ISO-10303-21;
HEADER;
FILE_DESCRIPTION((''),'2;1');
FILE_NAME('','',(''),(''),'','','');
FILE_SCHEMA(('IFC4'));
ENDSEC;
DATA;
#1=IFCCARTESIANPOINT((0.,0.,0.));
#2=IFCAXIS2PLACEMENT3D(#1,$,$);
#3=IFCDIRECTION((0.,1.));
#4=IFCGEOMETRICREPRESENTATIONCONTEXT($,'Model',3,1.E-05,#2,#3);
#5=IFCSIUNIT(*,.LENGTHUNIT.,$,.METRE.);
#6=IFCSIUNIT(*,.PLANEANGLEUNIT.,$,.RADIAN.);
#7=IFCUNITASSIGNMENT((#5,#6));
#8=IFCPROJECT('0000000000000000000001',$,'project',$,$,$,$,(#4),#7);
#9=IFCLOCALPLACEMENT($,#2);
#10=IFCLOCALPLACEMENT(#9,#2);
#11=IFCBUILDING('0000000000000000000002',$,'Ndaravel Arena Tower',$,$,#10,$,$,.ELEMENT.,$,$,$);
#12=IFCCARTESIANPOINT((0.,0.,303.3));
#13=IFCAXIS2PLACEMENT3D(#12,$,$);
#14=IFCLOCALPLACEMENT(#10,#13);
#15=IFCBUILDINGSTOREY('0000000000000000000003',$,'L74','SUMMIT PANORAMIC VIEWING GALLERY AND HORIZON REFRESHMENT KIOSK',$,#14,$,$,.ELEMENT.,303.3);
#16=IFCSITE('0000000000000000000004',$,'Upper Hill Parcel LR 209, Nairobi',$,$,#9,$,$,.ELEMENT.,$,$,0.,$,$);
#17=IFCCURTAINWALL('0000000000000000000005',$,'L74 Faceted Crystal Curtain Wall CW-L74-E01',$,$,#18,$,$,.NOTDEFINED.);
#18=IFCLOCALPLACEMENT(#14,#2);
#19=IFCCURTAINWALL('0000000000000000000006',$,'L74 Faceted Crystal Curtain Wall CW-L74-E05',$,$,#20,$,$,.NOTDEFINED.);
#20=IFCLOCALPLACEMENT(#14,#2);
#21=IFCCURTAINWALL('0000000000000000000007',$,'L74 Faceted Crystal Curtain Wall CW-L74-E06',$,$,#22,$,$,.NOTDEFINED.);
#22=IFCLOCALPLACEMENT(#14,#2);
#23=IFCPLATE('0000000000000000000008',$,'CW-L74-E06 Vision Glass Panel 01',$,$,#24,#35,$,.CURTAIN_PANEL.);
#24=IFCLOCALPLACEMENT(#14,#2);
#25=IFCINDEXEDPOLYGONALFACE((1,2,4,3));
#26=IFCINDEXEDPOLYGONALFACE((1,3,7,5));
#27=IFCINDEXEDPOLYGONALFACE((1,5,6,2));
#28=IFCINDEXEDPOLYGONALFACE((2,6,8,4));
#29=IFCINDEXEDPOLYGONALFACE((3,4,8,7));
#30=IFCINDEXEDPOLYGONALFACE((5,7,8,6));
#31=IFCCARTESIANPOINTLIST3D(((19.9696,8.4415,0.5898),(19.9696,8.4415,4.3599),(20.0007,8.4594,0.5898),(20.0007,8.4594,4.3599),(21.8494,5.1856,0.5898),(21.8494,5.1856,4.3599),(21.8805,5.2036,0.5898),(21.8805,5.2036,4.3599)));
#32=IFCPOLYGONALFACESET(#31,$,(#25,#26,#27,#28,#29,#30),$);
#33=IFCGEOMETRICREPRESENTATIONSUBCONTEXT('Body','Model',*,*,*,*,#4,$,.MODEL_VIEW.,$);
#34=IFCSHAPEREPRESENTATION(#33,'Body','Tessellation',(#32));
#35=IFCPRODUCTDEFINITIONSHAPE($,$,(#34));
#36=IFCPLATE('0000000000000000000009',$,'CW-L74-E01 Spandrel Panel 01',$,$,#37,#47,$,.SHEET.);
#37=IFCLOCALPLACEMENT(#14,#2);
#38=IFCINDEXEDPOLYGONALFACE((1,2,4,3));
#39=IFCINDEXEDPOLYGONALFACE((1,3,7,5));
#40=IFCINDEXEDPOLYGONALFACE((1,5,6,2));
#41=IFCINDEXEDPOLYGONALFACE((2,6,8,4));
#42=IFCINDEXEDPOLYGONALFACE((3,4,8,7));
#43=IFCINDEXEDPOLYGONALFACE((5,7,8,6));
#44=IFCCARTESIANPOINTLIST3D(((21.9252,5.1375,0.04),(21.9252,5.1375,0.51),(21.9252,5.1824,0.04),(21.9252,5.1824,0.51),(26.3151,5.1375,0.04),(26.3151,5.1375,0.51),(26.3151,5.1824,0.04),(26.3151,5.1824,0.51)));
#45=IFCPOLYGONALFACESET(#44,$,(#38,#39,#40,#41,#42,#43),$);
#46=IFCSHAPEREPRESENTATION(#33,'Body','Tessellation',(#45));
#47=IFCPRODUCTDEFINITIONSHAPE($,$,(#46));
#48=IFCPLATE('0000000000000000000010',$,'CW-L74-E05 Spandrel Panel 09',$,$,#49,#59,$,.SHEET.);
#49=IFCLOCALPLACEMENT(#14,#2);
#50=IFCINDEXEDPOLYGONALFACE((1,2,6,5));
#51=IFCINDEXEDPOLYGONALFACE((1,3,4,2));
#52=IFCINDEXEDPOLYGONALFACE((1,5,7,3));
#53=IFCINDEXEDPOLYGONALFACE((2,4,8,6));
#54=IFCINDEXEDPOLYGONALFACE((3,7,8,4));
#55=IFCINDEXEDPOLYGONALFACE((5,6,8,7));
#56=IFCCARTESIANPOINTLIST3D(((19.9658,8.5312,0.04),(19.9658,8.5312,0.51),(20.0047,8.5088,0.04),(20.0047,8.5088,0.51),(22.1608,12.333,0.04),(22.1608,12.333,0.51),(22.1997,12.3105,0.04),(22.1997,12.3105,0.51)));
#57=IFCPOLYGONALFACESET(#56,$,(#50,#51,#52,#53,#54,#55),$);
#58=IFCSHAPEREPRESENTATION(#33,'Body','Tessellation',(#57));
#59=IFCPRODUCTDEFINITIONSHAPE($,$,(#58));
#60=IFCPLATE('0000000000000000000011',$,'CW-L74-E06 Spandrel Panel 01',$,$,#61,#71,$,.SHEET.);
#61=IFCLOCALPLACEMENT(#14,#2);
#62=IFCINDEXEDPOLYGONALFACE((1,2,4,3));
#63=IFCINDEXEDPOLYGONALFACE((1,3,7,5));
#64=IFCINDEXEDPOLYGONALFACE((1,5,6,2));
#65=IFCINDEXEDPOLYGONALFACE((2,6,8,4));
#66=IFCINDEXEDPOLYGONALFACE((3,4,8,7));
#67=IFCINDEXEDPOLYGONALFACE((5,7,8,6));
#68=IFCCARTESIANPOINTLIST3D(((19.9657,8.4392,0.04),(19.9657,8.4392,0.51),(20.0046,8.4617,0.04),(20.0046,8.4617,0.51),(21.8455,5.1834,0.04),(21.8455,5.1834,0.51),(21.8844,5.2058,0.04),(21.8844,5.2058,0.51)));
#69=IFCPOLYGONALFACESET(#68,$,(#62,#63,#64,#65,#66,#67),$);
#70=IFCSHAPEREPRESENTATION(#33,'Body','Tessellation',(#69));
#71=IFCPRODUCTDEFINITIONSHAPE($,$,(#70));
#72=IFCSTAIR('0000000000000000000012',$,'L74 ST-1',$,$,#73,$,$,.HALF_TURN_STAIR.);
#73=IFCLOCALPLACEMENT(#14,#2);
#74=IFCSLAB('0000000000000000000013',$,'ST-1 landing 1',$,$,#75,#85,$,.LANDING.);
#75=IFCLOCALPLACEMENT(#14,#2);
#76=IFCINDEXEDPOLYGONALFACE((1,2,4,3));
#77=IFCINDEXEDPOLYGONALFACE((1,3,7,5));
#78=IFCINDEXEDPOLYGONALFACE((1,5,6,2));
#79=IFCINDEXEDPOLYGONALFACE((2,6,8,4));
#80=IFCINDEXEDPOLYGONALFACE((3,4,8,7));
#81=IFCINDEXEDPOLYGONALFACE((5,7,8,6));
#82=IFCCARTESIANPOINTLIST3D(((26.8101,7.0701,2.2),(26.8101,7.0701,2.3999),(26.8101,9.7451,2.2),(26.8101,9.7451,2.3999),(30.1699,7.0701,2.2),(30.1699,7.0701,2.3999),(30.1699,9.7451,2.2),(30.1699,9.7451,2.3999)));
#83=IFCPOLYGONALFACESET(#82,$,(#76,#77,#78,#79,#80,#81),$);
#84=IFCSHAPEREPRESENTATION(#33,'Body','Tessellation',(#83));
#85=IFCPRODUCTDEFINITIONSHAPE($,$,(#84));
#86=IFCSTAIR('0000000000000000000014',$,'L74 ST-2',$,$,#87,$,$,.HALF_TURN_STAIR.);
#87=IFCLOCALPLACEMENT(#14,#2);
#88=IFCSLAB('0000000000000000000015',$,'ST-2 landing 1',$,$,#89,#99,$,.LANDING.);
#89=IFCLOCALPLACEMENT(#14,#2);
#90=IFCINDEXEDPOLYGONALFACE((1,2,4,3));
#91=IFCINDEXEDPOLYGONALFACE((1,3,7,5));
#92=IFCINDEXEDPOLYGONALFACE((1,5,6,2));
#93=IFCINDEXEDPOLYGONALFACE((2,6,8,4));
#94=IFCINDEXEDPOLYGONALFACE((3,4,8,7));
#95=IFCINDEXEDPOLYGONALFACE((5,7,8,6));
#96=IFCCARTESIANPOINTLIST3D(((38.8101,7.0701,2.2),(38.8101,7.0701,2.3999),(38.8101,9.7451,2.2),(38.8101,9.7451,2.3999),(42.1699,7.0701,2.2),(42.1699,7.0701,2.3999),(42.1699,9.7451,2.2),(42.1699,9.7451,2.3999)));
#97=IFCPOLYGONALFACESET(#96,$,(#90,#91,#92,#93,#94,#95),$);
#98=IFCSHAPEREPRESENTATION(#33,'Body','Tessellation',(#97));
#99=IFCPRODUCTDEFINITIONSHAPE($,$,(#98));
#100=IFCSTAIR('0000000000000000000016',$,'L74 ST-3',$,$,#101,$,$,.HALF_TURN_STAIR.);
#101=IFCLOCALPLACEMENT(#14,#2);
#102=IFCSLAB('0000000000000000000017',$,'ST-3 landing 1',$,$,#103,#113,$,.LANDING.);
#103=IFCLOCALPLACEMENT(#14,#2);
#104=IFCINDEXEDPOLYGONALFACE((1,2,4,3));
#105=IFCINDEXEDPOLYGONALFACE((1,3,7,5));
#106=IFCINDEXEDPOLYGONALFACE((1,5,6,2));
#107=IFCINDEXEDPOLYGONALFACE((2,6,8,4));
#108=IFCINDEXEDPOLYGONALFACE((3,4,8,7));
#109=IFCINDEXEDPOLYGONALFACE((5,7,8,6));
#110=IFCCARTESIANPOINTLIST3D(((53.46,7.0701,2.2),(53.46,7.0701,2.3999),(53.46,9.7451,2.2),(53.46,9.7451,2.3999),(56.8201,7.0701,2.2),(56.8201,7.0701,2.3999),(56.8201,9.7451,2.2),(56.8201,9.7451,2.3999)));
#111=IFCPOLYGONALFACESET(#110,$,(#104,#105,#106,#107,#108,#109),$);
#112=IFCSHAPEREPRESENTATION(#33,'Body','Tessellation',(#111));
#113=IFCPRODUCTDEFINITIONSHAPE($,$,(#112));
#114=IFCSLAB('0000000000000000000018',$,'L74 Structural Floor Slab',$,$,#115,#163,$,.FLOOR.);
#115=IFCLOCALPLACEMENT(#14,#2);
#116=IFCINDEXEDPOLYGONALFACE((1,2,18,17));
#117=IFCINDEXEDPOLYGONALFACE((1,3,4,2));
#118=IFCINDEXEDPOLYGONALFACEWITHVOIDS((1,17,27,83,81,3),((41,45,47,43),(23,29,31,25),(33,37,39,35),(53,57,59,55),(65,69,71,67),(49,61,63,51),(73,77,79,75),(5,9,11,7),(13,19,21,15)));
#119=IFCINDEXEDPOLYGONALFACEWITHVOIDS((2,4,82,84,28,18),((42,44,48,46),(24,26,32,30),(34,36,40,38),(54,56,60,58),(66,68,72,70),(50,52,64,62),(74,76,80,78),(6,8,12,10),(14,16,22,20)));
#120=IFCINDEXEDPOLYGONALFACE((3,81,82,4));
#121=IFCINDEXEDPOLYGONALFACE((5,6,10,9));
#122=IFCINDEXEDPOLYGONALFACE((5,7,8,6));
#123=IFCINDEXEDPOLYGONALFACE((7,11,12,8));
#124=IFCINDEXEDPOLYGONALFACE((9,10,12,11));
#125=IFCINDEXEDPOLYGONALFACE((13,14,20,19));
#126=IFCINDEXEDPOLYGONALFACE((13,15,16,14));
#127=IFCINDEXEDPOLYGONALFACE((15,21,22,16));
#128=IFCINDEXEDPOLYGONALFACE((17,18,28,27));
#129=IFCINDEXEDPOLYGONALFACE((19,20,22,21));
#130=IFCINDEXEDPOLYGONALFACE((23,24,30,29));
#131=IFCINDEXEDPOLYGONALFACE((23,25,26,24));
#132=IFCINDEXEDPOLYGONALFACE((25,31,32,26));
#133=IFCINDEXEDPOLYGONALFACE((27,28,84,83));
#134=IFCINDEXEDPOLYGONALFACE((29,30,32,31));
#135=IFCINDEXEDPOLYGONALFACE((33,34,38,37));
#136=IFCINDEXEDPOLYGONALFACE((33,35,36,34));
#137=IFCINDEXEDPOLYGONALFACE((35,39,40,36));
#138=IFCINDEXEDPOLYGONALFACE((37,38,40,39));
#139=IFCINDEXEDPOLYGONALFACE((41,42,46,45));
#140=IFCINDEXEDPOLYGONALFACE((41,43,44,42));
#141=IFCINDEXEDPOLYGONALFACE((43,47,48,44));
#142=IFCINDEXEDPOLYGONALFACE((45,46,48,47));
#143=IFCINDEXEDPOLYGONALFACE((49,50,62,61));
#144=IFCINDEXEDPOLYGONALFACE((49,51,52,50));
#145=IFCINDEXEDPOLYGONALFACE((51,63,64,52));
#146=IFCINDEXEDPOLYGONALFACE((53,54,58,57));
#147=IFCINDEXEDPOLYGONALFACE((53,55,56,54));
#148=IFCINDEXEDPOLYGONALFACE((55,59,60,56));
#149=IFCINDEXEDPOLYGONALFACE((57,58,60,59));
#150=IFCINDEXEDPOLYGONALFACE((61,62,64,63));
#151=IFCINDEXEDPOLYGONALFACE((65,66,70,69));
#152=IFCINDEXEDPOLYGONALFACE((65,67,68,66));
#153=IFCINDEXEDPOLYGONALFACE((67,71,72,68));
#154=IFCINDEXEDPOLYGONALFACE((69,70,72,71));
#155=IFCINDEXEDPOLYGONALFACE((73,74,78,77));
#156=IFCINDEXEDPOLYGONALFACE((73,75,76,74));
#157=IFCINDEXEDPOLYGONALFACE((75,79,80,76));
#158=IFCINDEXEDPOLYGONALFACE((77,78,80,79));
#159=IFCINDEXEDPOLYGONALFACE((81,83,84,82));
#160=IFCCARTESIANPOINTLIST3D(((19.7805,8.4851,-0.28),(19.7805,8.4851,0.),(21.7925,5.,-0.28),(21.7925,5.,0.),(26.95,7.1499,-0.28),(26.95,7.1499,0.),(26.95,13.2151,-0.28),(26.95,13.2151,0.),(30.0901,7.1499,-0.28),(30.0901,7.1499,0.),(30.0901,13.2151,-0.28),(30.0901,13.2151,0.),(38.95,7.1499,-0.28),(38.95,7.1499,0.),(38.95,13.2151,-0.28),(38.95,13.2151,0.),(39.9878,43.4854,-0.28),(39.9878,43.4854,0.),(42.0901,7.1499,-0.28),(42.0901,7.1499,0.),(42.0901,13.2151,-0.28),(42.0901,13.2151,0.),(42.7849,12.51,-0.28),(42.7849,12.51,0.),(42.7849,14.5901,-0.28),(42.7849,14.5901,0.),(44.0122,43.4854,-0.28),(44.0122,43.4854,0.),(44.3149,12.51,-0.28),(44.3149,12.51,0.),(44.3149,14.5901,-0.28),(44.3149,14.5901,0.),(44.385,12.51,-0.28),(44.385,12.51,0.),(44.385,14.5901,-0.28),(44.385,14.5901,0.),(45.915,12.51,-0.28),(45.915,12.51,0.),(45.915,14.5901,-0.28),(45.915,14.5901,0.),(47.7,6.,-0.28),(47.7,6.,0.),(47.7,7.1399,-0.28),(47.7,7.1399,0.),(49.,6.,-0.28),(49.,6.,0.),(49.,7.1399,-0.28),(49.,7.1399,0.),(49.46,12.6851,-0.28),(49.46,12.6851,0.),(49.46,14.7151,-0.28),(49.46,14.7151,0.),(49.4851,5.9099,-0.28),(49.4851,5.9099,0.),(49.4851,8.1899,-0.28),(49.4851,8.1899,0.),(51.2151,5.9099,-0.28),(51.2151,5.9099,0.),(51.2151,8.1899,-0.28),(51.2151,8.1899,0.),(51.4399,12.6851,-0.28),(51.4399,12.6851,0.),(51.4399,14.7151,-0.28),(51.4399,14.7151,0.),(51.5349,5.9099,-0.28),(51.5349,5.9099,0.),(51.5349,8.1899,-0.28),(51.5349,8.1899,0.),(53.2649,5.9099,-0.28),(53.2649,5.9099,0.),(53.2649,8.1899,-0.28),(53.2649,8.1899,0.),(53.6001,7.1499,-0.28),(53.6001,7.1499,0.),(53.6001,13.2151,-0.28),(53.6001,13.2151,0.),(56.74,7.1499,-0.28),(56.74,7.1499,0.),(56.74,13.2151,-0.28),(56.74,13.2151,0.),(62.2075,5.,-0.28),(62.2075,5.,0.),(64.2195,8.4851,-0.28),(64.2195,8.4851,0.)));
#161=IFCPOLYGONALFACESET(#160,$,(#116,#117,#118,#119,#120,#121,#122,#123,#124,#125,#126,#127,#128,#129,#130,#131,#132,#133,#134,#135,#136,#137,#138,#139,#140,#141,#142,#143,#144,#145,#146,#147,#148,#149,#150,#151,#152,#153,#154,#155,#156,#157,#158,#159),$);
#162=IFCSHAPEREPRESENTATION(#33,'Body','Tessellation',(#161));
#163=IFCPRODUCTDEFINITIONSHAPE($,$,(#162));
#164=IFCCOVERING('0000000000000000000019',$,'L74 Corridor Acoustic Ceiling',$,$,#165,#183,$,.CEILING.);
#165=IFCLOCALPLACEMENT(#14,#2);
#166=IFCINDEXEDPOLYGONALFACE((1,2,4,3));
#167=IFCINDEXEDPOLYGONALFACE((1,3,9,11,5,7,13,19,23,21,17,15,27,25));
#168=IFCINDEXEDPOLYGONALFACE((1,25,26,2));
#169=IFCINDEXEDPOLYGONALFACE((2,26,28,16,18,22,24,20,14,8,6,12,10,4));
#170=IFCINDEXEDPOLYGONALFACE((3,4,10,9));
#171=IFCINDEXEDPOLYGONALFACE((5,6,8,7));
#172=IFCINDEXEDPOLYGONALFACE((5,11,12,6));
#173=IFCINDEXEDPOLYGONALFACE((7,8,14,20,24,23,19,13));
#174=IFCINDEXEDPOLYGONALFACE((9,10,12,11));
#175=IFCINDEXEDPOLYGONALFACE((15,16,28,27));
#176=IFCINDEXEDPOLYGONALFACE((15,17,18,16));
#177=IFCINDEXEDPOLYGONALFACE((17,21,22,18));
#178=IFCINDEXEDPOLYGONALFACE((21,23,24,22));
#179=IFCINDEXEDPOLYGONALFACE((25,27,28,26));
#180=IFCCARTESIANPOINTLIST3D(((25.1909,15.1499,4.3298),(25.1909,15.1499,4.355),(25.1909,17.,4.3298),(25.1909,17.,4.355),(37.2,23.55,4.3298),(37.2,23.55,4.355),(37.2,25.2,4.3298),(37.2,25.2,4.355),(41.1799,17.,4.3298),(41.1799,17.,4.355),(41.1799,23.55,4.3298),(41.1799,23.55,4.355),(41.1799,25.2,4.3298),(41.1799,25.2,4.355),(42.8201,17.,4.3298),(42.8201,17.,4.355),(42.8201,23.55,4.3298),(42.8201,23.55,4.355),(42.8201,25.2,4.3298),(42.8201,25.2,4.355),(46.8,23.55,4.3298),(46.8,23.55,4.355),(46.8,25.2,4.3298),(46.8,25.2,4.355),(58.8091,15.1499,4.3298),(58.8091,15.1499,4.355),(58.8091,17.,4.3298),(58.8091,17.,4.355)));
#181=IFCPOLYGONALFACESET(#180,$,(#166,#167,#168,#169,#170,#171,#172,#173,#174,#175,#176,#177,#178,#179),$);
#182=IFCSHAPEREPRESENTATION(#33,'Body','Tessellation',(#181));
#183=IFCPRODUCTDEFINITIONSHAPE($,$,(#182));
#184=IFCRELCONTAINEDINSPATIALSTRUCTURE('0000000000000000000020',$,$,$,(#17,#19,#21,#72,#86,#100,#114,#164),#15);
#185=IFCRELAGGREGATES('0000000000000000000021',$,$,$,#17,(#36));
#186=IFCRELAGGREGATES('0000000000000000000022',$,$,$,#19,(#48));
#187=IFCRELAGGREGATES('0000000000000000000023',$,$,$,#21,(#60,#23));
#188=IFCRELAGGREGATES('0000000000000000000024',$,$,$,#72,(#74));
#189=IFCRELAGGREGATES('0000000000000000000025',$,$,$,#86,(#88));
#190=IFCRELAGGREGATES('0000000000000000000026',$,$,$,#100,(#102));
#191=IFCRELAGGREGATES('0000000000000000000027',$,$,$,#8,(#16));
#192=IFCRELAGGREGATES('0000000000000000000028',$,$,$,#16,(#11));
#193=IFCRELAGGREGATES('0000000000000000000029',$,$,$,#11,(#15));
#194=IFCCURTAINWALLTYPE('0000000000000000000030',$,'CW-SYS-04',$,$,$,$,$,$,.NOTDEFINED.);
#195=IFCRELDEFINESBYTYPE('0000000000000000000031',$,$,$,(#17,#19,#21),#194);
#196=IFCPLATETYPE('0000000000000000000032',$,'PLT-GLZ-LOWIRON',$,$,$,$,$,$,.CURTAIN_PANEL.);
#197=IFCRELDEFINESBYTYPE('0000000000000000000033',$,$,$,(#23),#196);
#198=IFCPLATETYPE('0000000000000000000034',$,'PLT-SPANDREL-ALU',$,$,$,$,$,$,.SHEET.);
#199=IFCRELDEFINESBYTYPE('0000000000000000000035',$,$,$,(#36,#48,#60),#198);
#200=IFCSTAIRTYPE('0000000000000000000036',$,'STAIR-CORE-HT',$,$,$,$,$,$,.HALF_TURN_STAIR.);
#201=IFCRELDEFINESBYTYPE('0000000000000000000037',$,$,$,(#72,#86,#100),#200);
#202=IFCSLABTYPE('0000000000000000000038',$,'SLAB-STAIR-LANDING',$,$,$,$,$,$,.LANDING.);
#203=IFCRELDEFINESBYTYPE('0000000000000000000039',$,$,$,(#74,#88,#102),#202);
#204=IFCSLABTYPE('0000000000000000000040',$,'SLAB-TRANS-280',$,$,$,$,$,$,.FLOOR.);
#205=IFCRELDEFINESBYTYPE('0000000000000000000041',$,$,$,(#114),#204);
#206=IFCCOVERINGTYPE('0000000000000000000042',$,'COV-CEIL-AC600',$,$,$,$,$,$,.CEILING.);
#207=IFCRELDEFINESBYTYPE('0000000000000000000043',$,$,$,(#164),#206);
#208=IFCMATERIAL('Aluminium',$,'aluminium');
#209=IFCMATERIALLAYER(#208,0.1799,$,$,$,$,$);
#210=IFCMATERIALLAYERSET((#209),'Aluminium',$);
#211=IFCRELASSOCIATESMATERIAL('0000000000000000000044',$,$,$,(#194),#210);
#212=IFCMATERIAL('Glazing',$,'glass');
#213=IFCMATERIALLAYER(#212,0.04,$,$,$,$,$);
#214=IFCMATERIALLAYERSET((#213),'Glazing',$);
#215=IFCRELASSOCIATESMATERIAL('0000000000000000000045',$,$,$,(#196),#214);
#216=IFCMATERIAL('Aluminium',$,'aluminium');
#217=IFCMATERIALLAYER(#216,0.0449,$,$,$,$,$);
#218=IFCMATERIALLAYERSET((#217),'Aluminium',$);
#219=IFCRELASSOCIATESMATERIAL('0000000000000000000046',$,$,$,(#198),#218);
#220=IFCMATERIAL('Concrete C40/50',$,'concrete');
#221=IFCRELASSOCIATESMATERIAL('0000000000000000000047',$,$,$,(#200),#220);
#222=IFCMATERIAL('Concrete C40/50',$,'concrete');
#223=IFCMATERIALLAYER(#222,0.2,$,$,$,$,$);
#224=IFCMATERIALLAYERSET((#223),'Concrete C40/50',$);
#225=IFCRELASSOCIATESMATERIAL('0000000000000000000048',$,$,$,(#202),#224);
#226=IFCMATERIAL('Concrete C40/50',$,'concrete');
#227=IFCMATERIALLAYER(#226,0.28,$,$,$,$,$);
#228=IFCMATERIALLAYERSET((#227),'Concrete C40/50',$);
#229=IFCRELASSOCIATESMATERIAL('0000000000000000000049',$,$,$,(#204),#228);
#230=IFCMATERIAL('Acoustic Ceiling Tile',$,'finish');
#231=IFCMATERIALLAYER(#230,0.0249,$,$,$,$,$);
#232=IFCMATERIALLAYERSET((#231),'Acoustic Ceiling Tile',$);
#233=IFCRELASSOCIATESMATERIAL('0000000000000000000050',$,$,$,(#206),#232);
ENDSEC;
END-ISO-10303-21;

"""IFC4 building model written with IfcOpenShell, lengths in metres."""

from ifc_helpers import new_model, si_unit, direction, frame, origin, origin_2d, place, context, subcontext, project, spatial, polyline, rectangle, outline, extrude, material, layer, layer_set, type_object, element, aggregate, save


model = new_model("IFC4")

# Units and contexts
model_context = context("Model", 3, precision=1e-05, world=origin(), true_north=direction((0.0, 1.0)))
body_context = subcontext(model_context, "Body", "Model", "MODEL_VIEW")
ifc_project = project(units=[si_unit("LENGTHUNIT", "METRE"), si_unit("PLANEANGLEUNIT", "RADIAN")], contexts=[model_context])

# Site, building, storey
site_placement = place(None, origin())
site = spatial("IfcSite", under=ifc_project, at=site_placement, Name="Upper Hill Parcel LR 209, Nairobi", CompositionType="ELEMENT", RefElevation=0.0)
building_placement = place(site_placement, origin())
building = spatial("IfcBuilding", under=site, at=building_placement, Name="Ndaravel Arena Tower", CompositionType="ELEMENT")
storey_placement = place(building_placement, frame((0.0, 0.0, 303.3)))
storey = spatial("IfcBuildingStorey", under=building, at=storey_placement, Name="L74", Description="SUMMIT PANORAMIC VIEWING GALLERY AND HORIZON REFRESHMENT KIOSK", CompositionType="ELEMENT", Elevation=303.3)

# Curtain wall
ifc_material_1 = material(Name="Aluminium", Category="aluminium")
ifc_layer_1 = layer(ifc_material_1, 0.1799)
ifc_layer_set_1 = layer_set([ifc_layer_1], Name="Aluminium")
curtain_wall_type = type_object("IfcCurtainWallType", Name="CW-SYS-04", PredefinedType="NOTDEFINED", material=ifc_layer_set_1)
curtain_wall_1_placement = place(storey_placement, origin())
curtain_wall_1 = element("IfcCurtainWall", 1, at=curtain_wall_1_placement, inside=storey, type_object=curtain_wall_type, Name="L74 Faceted Crystal Curtain Wall CW-L74-E01", PredefinedType="NOTDEFINED")

# Curtain walls
curtain_wall_2_placement = place(storey_placement, origin())
curtain_wall_2 = element("IfcCurtainWall", 2, at=curtain_wall_2_placement, inside=storey, type_object=curtain_wall_type, Name="L74 Faceted Crystal Curtain Wall CW-L74-E05", PredefinedType="NOTDEFINED")
curtain_wall_3_placement = place(storey_placement, origin())
curtain_wall_3 = element("IfcCurtainWall", 3, at=curtain_wall_3_placement, inside=storey, type_object=curtain_wall_type, Name="L74 Faceted Crystal Curtain Wall CW-L74-E06", PredefinedType="NOTDEFINED")

# Plates
ifc_material_2 = material(Name="Glazing", Category="glass")
ifc_layer_2 = layer(ifc_material_2, 0.04)
ifc_layer_set_2 = layer_set([ifc_layer_2], Name="Glazing")
plate_type_1 = type_object("IfcPlateType", Name="PLT-GLZ-LOWIRON", PredefinedType="CURTAIN_PANEL", material=ifc_layer_set_2)
plate_1_placement = place(storey_placement, frame((20.925, 6.8225, 0.5898), z_axis=(0.0, 0.0, 1.0), x_axis=(0.5, -0.866025, 0.0)))
plate_1 = element("IfcPlate", 4, at=plate_1_placement, type_object=plate_type_1, Name="CW-L74-E06 Vision Glass Panel 01", PredefinedType="CURTAIN_PANEL", context=body_context, shape_type="SweptSolid", body=[
    extrude(rectangle(XDim=3.7595, YDim=0.0359, at=origin_2d()), origin(), (0.0, 0.0, 1.0), 3.77),
])
ifc_material_3 = material(Name="Aluminium", Category="aluminium")
ifc_layer_3 = layer(ifc_material_3, 0.0449)
ifc_layer_set_3 = layer_set([ifc_layer_3], Name="Aluminium")
plate_type_2 = type_object("IfcPlateType", Name="PLT-SPANDREL-ALU", PredefinedType="SHEET", material=ifc_layer_set_3)
plate_2_placement = place(storey_placement, frame((24.1201, 5.1599, 0.04), z_axis=(0.0, 0.0, 1.0), x_axis=(1.0, 0.0, 0.0)))
plate_2 = element("IfcPlate", 5, at=plate_2_placement, type_object=plate_type_2, Name="CW-L74-E01 Spandrel Panel 01", PredefinedType="SHEET", context=body_context, shape_type="SweptSolid", body=[
    extrude(rectangle(XDim=4.3899, YDim=0.0449, at=origin_2d()), origin(), (0.0, 0.0, 1.0), 0.47),
])
aggregate(curtain_wall_1, [plate_2])
plate_3_placement = place(storey_placement, frame((21.0828, 10.4209, 0.04), z_axis=(0.0, 0.0, 1.0), x_axis=(-0.5, -0.866025, 0.0)))
plate_3 = element("IfcPlate", 6, at=plate_3_placement, type_object=plate_type_2, Name="CW-L74-E05 Spandrel Panel 09", PredefinedType="SHEET", context=body_context, shape_type="SweptSolid", body=[
    extrude(rectangle(XDim=4.3899, YDim=0.0449, at=origin_2d()), origin(), (0.0, 0.0, 1.0), 0.47),
])
aggregate(curtain_wall_2, [plate_3])
plate_4_placement = place(storey_placement, frame((20.925, 6.8225, 0.04), z_axis=(0.0, 0.0, 1.0), x_axis=(0.5, -0.866025, 0.0)))
plate_4 = element("IfcPlate", 7, at=plate_4_placement, type_object=plate_type_2, Name="CW-L74-E06 Spandrel Panel 01", PredefinedType="SHEET", context=body_context, shape_type="SweptSolid", body=[
    extrude(rectangle(XDim=3.7595, YDim=0.0449, at=origin_2d()), origin(), (0.0, 0.0, 1.0), 0.47),
])
aggregate(curtain_wall_3, [plate_4, plate_1])

# Stairs, slabs
ifc_material_4 = material(Name="Concrete C40/50", Category="concrete")
stair_type = type_object("IfcStairType", Name="STAIR-CORE-HT", PredefinedType="HALF_TURN_STAIR", material=ifc_material_4)
stair_1_placement = place(storey_placement, origin())
stair_1 = element("IfcStair", 8, at=stair_1_placement, inside=storey, type_object=stair_type, Name="L74 ST-1", PredefinedType="HALF_TURN_STAIR")
ifc_material_5 = material(Name="Concrete C40/50", Category="concrete")
ifc_layer_4 = layer(ifc_material_5, 0.2)
ifc_layer_set_4 = layer_set([ifc_layer_4], Name="Concrete C40/50")
slab_type_1 = type_object("IfcSlabType", Name="SLAB-STAIR-LANDING", PredefinedType="LANDING", material=ifc_layer_set_4)
slab_1_placement = place(storey_placement, frame((0.0, 0.0, 2.2)))
slab_1 = element("IfcSlab", 9, at=slab_1_placement, type_object=slab_type_1, Name="ST-1 landing 1", PredefinedType="LANDING", context=body_context, shape_type="SweptSolid", body=[
    extrude(outline(polyline([(26.8101, 9.7451), (26.8101, 7.0701), (30.1699, 7.0701), (30.1699, 9.7451), (26.8101, 9.7451)])), origin(), (0.0, 0.0, 1.0), 0.2),
])
aggregate(stair_1, [slab_1])
stair_2_placement = place(storey_placement, origin())
stair_2 = element("IfcStair", 10, at=stair_2_placement, inside=storey, type_object=stair_type, Name="L74 ST-2", PredefinedType="HALF_TURN_STAIR")
slab_2_placement = place(storey_placement, frame((0.0, 0.0, 2.2)))
slab_2 = element("IfcSlab", 11, at=slab_2_placement, type_object=slab_type_1, Name="ST-2 landing 1", PredefinedType="LANDING", context=body_context, shape_type="SweptSolid", body=[
    extrude(outline(polyline([(38.8101, 9.7451), (38.8101, 7.0701), (42.1699, 7.0701), (42.1699, 9.7451), (38.8101, 9.7451)])), origin(), (0.0, 0.0, 1.0), 0.2),
])
aggregate(stair_2, [slab_2])
stair_3_placement = place(storey_placement, origin())
stair_3 = element("IfcStair", 12, at=stair_3_placement, inside=storey, type_object=stair_type, Name="L74 ST-3", PredefinedType="HALF_TURN_STAIR")
slab_3_placement = place(storey_placement, frame((0.0, 0.0, 2.2)))
slab_3 = element("IfcSlab", 13, at=slab_3_placement, type_object=slab_type_1, Name="ST-3 landing 1", PredefinedType="LANDING", context=body_context, shape_type="SweptSolid", body=[
    extrude(outline(polyline([(53.46, 9.7451), (53.46, 7.0701), (56.8201, 7.0701), (56.8201, 9.7451), (53.46, 9.7451)])), origin(), (0.0, 0.0, 1.0), 0.2),
])
aggregate(stair_3, [slab_3])

# Slab
ifc_material_6 = material(Name="Concrete C40/50", Category="concrete")
ifc_layer_5 = layer(ifc_material_6, 0.28)
ifc_layer_set_5 = layer_set([ifc_layer_5], Name="Concrete C40/50")
slab_type_2 = type_object("IfcSlabType", Name="SLAB-TRANS-280", PredefinedType="FLOOR", material=ifc_layer_set_5)
slab_4_placement = place(storey_placement, frame((0.0, 0.0, -0.28)))
element("IfcSlab", 14, at=slab_4_placement, inside=storey, type_object=slab_type_2, Name="L74 Structural Floor Slab", PredefinedType="FLOOR", context=body_context, shape_type="SweptSolid", body=[
    extrude(outline(polyline([(19.7805, 8.4851), (21.7925, 5.0), (62.2075, 5.0), (64.2195, 8.4851), (44.0122, 43.4854), (39.9878, 43.4854), (19.7805, 8.4851)]), holes=[polyline([(26.95, 13.2151), (26.95, 7.1499), (30.0901, 7.1499), (30.0901, 13.2151), (26.95, 13.2151)]), polyline([(38.95, 13.2151), (38.95, 7.1499), (42.0901, 7.1499), (42.0901, 13.2151), (38.95, 13.2151)]), polyline([(53.6001, 13.2151), (53.6001, 7.1499), (56.74, 7.1499), (56.74, 13.2151), (53.6001, 13.2151)]), polyline([(42.7849, 12.51), (44.3149, 12.51), (44.3149, 14.5901), (42.7849, 14.5901), (42.7849, 12.51)]), polyline([(44.385, 12.51), (45.915, 12.51), (45.915, 14.5901), (44.385, 14.5901), (44.385, 12.51)]), polyline([(49.4851, 5.9099), (51.2151, 5.9099), (51.2151, 8.1899), (49.4851, 8.1899), (49.4851, 5.9099)]), polyline([(51.5349, 5.9099), (53.2649, 5.9099), (53.2649, 8.1899), (51.5349, 8.1899), (51.5349, 5.9099)]), polyline([(49.46, 12.6851), (51.4399, 12.6851), (51.4399, 14.7151), (49.46, 14.7151), (49.46, 12.6851)]), polyline([(47.7, 6.0), (49.0, 6.0), (49.0, 7.1399), (47.7, 7.1399), (47.7, 6.0)])]), origin(), (0.0, 0.0, 1.0), 0.28),
])

# Covering
ifc_material_7 = material(Name="Acoustic Ceiling Tile", Category="finish")
ifc_layer_6 = layer(ifc_material_7, 0.0249)
ifc_layer_set_6 = layer_set([ifc_layer_6], Name="Acoustic Ceiling Tile")
covering_type_1 = type_object("IfcCoveringType", Name="COV-CEIL-AC600", PredefinedType="CEILING", material=ifc_layer_set_6)
covering_1_placement = place(storey_placement, frame((0.0, 0.0, 4.3298)))
element("IfcCovering", 15, at=covering_1_placement, inside=storey, type_object=covering_type_1, Name="L74 Corridor Acoustic Ceiling", PredefinedType="CEILING", context=body_context, shape_type="SweptSolid", body=[
    extrude(outline(polyline([(58.8091, 17.0), (42.8201, 17.0), (42.8201, 23.55), (46.8, 23.55), (46.8, 25.2), (42.8201, 25.2), (41.1799, 25.2), (37.2, 25.2), (37.2, 23.55), (41.1799, 23.55), (41.1799, 17.0), (25.1909, 17.0), (25.1909, 15.1499), (58.8091, 15.1499), (58.8091, 17.0)])), origin(), (0.0, 0.0, 1.0), 0.0251),
])

save(model, "model.ifc")
